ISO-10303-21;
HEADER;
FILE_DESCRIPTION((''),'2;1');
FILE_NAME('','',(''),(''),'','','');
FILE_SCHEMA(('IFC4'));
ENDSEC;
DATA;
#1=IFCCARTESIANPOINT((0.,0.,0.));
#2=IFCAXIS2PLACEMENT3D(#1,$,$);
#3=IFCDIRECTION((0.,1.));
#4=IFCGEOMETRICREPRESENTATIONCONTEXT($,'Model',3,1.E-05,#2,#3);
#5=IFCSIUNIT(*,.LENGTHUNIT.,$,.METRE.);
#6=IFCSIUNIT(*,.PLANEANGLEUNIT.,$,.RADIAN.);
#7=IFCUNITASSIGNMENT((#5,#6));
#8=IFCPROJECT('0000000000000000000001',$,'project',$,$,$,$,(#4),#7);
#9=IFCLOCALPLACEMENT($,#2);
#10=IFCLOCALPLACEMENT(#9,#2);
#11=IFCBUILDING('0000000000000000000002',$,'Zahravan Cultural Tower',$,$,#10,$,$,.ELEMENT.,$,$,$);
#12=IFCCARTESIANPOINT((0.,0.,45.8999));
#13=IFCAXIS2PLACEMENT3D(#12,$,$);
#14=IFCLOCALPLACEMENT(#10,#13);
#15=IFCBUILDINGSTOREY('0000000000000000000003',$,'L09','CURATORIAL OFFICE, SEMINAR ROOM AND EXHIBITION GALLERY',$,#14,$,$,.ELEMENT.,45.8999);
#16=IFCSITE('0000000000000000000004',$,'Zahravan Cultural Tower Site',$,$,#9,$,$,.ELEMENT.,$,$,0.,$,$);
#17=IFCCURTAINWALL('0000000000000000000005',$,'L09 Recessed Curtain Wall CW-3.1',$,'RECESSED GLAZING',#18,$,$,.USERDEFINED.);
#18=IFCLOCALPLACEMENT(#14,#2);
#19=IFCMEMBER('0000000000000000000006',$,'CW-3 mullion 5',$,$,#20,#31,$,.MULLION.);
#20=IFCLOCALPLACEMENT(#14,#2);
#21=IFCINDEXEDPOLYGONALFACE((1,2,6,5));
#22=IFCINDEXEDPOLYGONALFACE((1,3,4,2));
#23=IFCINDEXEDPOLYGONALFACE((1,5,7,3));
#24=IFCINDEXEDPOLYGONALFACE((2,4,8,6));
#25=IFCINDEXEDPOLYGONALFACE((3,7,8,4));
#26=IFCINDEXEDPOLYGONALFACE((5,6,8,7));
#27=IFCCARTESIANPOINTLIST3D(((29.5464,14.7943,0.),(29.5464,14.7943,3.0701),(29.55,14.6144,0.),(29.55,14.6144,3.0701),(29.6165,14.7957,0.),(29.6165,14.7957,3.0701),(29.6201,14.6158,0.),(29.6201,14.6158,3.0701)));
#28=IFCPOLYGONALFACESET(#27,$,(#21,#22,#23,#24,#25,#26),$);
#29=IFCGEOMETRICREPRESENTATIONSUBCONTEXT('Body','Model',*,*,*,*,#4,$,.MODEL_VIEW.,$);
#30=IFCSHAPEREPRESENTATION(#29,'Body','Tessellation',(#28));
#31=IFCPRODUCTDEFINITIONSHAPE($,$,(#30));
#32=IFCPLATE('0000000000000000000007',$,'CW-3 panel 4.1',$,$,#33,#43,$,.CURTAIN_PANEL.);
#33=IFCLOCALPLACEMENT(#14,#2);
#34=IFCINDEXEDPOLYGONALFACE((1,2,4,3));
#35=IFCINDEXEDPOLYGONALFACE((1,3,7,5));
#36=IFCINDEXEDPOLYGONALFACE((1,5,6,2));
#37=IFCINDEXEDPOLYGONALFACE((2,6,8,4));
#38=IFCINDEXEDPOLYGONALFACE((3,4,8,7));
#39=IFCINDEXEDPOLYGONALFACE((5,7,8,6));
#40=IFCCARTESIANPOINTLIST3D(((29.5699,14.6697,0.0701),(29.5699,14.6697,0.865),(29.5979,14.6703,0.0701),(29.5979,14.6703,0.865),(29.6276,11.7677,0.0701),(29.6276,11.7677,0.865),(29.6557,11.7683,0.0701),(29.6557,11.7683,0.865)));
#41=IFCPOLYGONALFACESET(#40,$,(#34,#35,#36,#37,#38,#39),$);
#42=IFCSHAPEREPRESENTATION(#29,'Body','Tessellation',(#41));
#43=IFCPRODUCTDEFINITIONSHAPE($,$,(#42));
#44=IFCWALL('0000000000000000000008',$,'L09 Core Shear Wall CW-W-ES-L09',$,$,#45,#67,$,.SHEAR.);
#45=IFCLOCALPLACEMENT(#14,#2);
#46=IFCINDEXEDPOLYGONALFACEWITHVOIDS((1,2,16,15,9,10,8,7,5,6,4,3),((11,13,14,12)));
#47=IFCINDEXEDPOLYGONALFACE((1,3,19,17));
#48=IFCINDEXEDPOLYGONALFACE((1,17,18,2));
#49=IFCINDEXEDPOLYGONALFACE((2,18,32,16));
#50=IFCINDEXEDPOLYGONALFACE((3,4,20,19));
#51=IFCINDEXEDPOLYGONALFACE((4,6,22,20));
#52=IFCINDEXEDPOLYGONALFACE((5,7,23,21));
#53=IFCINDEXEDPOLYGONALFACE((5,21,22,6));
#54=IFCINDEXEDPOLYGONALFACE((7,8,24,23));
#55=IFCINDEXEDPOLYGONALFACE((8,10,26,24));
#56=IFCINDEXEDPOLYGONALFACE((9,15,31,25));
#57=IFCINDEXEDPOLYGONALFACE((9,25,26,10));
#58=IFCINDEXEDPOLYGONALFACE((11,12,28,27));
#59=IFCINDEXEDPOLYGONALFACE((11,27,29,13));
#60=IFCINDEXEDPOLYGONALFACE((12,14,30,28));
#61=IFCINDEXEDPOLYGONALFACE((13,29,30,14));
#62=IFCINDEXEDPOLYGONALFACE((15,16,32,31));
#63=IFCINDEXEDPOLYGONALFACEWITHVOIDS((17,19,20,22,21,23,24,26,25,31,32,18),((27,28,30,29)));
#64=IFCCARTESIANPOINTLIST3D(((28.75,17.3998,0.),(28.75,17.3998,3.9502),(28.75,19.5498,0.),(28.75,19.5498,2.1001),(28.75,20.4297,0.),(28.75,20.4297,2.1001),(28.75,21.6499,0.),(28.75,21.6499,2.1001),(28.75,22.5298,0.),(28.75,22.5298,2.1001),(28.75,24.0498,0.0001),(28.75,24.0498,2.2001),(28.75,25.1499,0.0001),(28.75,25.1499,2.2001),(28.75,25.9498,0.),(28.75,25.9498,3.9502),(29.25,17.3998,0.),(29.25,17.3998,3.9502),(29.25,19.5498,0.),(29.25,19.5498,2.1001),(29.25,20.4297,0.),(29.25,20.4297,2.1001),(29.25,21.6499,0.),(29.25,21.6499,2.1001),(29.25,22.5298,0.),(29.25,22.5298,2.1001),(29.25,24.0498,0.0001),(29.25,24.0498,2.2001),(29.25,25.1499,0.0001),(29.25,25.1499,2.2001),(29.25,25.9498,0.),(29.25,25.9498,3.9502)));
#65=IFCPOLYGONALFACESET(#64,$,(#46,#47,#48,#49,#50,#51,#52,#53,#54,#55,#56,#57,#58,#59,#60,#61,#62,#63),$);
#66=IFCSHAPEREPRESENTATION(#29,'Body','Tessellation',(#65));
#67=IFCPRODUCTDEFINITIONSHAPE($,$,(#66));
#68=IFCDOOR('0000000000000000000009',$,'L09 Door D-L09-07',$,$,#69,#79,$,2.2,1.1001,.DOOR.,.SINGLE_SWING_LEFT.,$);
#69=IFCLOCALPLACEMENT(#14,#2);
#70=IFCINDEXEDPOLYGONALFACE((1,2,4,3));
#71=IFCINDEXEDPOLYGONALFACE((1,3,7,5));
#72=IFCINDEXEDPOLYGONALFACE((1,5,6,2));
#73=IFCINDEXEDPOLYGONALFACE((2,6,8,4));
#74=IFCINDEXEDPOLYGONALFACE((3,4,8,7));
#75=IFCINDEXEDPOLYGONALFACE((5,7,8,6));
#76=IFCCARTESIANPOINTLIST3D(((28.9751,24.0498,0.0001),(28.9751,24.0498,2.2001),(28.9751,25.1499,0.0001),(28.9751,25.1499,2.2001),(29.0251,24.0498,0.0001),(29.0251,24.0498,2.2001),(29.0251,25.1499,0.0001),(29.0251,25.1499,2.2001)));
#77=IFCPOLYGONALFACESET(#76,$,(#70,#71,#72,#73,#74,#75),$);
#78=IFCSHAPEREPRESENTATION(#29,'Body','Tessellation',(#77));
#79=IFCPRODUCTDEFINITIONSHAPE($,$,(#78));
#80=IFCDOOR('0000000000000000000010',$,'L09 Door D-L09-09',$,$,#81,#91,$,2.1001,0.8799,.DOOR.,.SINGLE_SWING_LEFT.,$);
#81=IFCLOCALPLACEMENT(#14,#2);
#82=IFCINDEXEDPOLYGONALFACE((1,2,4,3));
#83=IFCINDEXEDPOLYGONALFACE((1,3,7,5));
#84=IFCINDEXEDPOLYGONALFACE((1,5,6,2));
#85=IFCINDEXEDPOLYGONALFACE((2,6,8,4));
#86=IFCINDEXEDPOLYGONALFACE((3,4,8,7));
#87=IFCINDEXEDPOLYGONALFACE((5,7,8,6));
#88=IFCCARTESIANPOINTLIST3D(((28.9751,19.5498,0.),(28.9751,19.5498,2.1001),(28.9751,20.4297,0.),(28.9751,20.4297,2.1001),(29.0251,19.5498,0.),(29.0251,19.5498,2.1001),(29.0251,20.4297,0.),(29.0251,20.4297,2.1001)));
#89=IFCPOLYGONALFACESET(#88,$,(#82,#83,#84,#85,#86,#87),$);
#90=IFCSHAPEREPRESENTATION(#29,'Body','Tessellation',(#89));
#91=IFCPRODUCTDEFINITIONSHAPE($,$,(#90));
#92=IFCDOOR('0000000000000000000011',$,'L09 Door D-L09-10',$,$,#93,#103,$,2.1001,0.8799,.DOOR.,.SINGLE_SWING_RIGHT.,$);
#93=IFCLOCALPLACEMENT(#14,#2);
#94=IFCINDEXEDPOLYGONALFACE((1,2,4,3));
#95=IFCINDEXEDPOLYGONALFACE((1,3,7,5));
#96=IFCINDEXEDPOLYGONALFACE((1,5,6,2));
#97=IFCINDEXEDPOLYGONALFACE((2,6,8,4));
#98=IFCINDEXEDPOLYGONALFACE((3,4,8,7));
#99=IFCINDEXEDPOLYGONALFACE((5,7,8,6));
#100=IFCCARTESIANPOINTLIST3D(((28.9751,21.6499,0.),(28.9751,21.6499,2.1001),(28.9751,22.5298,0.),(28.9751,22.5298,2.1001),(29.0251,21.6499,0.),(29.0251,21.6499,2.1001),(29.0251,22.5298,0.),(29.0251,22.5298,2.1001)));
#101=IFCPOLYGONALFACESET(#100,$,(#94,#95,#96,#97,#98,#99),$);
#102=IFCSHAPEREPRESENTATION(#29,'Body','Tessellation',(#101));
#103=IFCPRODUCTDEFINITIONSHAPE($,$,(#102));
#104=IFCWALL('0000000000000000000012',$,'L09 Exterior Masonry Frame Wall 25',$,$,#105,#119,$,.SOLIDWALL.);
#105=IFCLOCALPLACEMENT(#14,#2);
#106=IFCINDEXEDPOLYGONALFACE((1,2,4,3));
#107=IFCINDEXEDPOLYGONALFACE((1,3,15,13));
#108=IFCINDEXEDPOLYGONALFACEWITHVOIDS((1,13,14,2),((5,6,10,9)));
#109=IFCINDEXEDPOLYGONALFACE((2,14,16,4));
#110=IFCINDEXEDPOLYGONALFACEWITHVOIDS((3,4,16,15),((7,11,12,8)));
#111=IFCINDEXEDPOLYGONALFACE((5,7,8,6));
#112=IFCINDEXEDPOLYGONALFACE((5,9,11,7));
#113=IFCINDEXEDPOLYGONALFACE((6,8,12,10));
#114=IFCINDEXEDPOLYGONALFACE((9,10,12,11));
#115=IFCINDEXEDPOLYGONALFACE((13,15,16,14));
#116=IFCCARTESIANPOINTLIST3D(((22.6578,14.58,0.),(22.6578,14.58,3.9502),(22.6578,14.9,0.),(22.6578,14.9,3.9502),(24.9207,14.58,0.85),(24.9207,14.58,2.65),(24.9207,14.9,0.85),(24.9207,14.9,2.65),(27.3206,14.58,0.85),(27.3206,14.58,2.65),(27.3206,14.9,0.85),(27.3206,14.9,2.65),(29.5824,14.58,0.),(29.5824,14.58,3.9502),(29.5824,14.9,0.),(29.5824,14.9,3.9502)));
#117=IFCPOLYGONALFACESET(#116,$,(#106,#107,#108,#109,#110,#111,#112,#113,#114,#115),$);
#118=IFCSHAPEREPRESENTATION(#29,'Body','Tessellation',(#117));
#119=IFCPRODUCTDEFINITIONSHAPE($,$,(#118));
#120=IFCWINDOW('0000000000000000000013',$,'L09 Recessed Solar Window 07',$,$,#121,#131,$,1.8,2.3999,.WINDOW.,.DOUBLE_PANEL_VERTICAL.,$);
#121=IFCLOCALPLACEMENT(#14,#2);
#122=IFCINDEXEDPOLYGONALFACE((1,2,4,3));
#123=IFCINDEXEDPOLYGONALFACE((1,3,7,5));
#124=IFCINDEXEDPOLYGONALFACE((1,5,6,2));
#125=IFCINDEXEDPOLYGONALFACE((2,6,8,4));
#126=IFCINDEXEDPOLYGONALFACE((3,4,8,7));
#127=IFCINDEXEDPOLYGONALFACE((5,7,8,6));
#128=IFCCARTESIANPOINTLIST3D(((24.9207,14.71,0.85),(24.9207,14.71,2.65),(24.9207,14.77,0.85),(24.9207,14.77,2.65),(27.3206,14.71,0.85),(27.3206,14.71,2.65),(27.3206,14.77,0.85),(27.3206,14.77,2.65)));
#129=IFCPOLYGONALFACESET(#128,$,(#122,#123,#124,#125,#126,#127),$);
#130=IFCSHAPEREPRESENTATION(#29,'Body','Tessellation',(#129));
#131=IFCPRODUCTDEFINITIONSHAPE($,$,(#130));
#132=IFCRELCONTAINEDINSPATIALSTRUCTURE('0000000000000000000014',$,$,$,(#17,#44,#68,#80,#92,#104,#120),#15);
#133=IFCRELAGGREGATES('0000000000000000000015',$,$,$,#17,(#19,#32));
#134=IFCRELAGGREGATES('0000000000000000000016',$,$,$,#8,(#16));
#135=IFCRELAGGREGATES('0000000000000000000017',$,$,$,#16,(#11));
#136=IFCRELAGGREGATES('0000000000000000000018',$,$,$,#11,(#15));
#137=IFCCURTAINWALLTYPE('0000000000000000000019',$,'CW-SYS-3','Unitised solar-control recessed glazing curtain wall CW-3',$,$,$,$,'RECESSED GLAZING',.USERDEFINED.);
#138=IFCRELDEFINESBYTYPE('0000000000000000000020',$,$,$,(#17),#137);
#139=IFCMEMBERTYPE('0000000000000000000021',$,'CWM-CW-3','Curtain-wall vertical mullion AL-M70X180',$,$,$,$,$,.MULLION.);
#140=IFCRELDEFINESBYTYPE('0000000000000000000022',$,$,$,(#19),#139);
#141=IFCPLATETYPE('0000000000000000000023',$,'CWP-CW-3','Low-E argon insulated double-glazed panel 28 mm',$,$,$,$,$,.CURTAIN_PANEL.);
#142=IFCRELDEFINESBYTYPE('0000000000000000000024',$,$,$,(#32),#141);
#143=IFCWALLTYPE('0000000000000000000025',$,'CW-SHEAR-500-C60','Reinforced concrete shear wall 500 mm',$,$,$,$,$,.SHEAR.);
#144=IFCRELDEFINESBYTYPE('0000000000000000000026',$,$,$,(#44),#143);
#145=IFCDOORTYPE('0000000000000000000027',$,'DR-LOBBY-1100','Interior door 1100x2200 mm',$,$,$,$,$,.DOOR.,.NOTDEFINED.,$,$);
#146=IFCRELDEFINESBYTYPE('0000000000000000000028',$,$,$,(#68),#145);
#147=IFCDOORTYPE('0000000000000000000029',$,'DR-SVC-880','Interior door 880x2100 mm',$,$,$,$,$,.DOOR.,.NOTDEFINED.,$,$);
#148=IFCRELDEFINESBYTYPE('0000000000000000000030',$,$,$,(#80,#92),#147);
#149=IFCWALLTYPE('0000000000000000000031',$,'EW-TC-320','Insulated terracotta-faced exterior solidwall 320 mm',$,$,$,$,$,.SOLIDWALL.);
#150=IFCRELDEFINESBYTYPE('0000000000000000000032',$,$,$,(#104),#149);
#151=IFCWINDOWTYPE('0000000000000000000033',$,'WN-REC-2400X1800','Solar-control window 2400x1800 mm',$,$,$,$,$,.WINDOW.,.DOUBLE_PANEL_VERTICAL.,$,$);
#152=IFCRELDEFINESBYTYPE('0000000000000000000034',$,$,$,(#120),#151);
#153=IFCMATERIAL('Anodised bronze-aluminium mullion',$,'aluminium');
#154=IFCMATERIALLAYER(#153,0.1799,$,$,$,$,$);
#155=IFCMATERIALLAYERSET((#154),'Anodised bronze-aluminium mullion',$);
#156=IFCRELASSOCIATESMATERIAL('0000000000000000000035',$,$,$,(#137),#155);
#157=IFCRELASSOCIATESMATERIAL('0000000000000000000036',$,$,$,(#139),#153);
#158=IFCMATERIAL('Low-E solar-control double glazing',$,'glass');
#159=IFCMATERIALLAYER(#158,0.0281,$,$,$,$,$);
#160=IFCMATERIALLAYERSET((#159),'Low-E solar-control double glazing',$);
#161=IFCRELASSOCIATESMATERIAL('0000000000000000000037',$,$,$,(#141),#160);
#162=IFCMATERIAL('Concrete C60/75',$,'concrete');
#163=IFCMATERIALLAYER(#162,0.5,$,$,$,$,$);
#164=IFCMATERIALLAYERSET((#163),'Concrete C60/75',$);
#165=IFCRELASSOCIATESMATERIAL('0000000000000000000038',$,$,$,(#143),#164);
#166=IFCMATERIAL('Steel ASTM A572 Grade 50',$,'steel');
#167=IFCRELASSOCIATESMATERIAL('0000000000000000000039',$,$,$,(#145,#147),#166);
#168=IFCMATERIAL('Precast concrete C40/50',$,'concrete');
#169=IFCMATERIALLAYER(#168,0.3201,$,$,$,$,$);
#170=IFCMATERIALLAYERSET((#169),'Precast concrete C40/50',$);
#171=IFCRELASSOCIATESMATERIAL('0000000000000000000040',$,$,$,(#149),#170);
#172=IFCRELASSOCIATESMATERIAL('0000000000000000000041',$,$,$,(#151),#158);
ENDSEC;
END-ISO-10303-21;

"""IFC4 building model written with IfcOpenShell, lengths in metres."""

from ifc_helpers import new_model, si_unit, direction, frame, frame_2d, origin, origin_2d, place, context, subcontext, project, spatial, rectangle, extrude, source, transform, mapped, material, layer, layer_set, material_profile, profile_set, type_object, element, fill, aggregate, save


model = new_model("IFC4")

# Units and contexts
model_context = context("Model", 3, precision=1e-05, world=origin(), true_north=direction((0.0, 1.0)))
body_context = subcontext(model_context, "Body", "Model", "MODEL_VIEW")
ifc_project = project(units=[si_unit("LENGTHUNIT", "METRE"), si_unit("PLANEANGLEUNIT", "RADIAN")], contexts=[model_context])

# Site, building, storey
site_placement = place(None, origin())
site = spatial("IfcSite", under=ifc_project, at=site_placement, Name="Zahravan Cultural Tower Site", CompositionType="ELEMENT", RefElevation=0.0)
building_placement = place(site_placement, origin())
building = spatial("IfcBuilding", under=site, at=building_placement, Name="Zahravan Cultural Tower", CompositionType="ELEMENT")
storey_placement = place(building_placement, frame((0.0, 0.0, 45.8999)))
storey = spatial("IfcBuildingStorey", under=building, at=storey_placement, Name="L09", Description="CURATORIAL OFFICE, SEMINAR ROOM AND EXHIBITION GALLERY", CompositionType="ELEMENT", Elevation=45.8999)

# Shared definitions
ifc_material_1 = material(Name="Concrete C60/75", Category="concrete")

# Curtain wall, member, plate
ifc_material_2 = material(Name="Anodised bronze-aluminium mullion", Category="aluminium")
ifc_layer_1 = layer(ifc_material_2, 0.1799)
ifc_layer_set_1 = layer_set([ifc_layer_1], Name="Anodised bronze-aluminium mullion")
curtain_wall_type = type_object("IfcCurtainWallType", Name="CW-SYS-3", Description="Unitised solar-control recessed glazing curtain wall CW-3", ElementType="RECESSED GLAZING", PredefinedType="USERDEFINED", material=ifc_layer_set_1)
curtain_wall_placement = place(storey_placement, origin())
curtain_wall = element("IfcCurtainWall", 1, at=curtain_wall_placement, inside=storey, type_object=curtain_wall_type, Name="L09 Recessed Curtain Wall CW-3.1", ObjectType="RECESSED GLAZING", PredefinedType="USERDEFINED")
ifc_material_profile_1 = material_profile(ifc_material_2, rectangle(XDim=0.0701, YDim=0.1799, at=origin_2d()), Name="AL-M70X180")
ifc_profile_set_1 = profile_set([ifc_material_profile_1], Name="Anodised bronze-aluminium mullion")
member_type = type_object("IfcMemberType", Name="CWM-CW-3", Description="Curtain-wall vertical mullion AL-M70X180", PredefinedType="MULLION", material=ifc_profile_set_1)
shared_shape_1 = source(origin(), body_context, "Body", "SweptSolid", [
    extrude(rectangle(XDim=0.0701, YDim=0.1799, at=origin_2d()), origin(), (0.0, 0.0, 1.0), 3.0701),
])
member_placement = place(storey_placement, frame((29.5833, 14.7051, 0.0), z_axis=(0.0, 0.0, 1.0), x_axis=(-0.999802, -0.0199, 0.0)))
member = element("IfcMember", 2, at=member_placement, type_object=member_type, Name="CW-3 mullion 5", PredefinedType="MULLION", context=body_context, shape_type="MappedRepresentation", body=[
    mapped(shared_shape_1, transform((0.0, 0.0, 0.0), x_axis=(1.0, 0.0, 0.0), y_axis=(0.0, 1.0, 0.0), z_axis=(0.0, 0.0, 1.0), scale=1.0)),
])
ifc_material_3 = material(Name="Low-E solar-control double glazing", Category="glass")
ifc_layer_2 = layer(ifc_material_3, 0.0281)
ifc_layer_set_2 = layer_set([ifc_layer_2], Name="Low-E solar-control double glazing")
plate_type = type_object("IfcPlateType", Name="CWP-CW-3", Description="Low-E argon insulated double-glazed panel 28 mm", PredefinedType="CURTAIN_PANEL", material=ifc_layer_set_2)
shared_shape_2 = source(origin(), body_context, "Body", "SweptSolid", [
    extrude(rectangle(XDim=2.9026, YDim=0.0281, at=origin_2d()), origin(), (0.0, 0.0, 1.0), 0.7949),
])
plate_placement = place(storey_placement, frame((29.6128, 13.219, 0.0701), z_axis=(0.0, 0.0, 1.0), x_axis=(-0.0199, 0.999802, 0.0)))
plate = element("IfcPlate", 3, at=plate_placement, type_object=plate_type, Name="CW-3 panel 4.1", PredefinedType="CURTAIN_PANEL", context=body_context, shape_type="MappedRepresentation", body=[
    mapped(shared_shape_2, transform((0.0, 0.0, 0.0), x_axis=(1.0, 0.0, 0.0), y_axis=(0.0, 1.0, 0.0), z_axis=(0.0, 0.0, 1.0), scale=1.0)),
])
aggregate(curtain_wall, [member, plate])

# Wall, openings, doors
ifc_layer_3 = layer(ifc_material_1, 0.5)
ifc_layer_set_3 = layer_set([ifc_layer_3], Name="Concrete C60/75")
wall_type_1 = type_object("IfcWallType", Name="CW-SHEAR-500-C60", Description="Reinforced concrete shear wall 500 mm", PredefinedType="SHEAR", material=ifc_layer_set_3)
wall_1_placement = place(storey_placement, frame((29.0, 17.3999, 0.0), z_axis=(0.0, 0.0, 1.0), x_axis=(0.0, 1.0, 0.0)))
wall_1 = element("IfcWall", 4, at=wall_1_placement, inside=storey, type_object=wall_type_1, Name="L09 Core Shear Wall CW-W-ES-L09", PredefinedType="SHEAR", context=body_context, shape_type="SweptSolid", body=[
    extrude(rectangle(XDim=8.55, YDim=0.5, at=frame_2d((4.2749, 0.0))), origin(), (0.0, 0.0, 1.0), 3.9502),
])
opening_1_placement = place(wall_1_placement, frame((6.6499, 0.0, 0.0)))
opening_1 = element("IfcOpeningElement", 5, at=opening_1_placement, cuts=wall_1, PredefinedType="OPENING", context=body_context, shape_type="SweptSolid", body=[
    extrude(rectangle(XDim=1.1001, YDim=2.2, at=frame_2d((0.55, 1.1001))), frame((0.0, 0.26, 0.0), z_axis=(0.0, -1.0, 0.0), x_axis=(1.0, 0.0, 0.0)), (0.0, 0.0, 1.0), 0.52),
])
opening_2_placement = place(wall_1_placement, frame((2.1499, 0.0, 0.0)))
opening_2 = element("IfcOpeningElement", 6, at=opening_2_placement, cuts=wall_1, PredefinedType="OPENING", context=body_context, shape_type="SweptSolid", body=[
    extrude(rectangle(XDim=0.8799, YDim=2.1001, at=frame_2d((0.4399, 1.05))), frame((0.0, 0.26, 0.0), z_axis=(0.0, -1.0, 0.0), x_axis=(1.0, 0.0, 0.0)), (0.0, 0.0, 1.0), 0.52),
])
opening_3_placement = place(wall_1_placement, frame((4.25, 0.0, 0.0)))
opening_3 = element("IfcOpeningElement", 7, at=opening_3_placement, cuts=wall_1, PredefinedType="OPENING", context=body_context, shape_type="SweptSolid", body=[
    extrude(rectangle(XDim=0.8799, YDim=2.1001, at=frame_2d((0.4399, 1.05))), frame((0.0, 0.26, 0.0), z_axis=(0.0, -1.0, 0.0), x_axis=(1.0, 0.0, 0.0)), (0.0, 0.0, 1.0), 0.52),
])
ifc_material_4 = material(Name="Steel ASTM A572 Grade 50", Category="steel")
door_type_1 = type_object("IfcDoorType", Name="DR-LOBBY-1100", Description="Interior door 1100x2200 mm", OperationType="NOTDEFINED", PredefinedType="DOOR", material=ifc_material_4)
shared_shape_3 = source(origin(), body_context, "Body", "SweptSolid", [
    extrude(rectangle(XDim=1.1001, YDim=2.2, at=frame_2d((0.55, 1.1001))), frame((0.0, 0.0249, 0.0), z_axis=(0.0, -1.0, 0.0), x_axis=(1.0, 0.0, 0.0)), (0.0, 0.0, 1.0), 0.05),
])
door_1_placement = place(opening_1_placement, origin())
door_1 = element("IfcDoor", 8, at=door_1_placement, inside=storey, type_object=door_type_1, Name="L09 Door D-L09-07", OperationType="SINGLE_SWING_LEFT", OverallHeight=2.2, OverallWidth=1.1001, PredefinedType="DOOR", context=body_context, shape_type="MappedRepresentation", body=[
    mapped(shared_shape_3, transform((0.0, 0.0, 0.0), x_axis=(1.0, 0.0, 0.0), y_axis=(0.0, 1.0, 0.0), z_axis=(0.0, 0.0, 1.0), scale=1.0)),
])
fill(opening_1, door_1)
door_type_2 = type_object("IfcDoorType", Name="DR-SVC-880", Description="Interior door 880x2100 mm", OperationType="NOTDEFINED", PredefinedType="DOOR", material=ifc_material_4)
shared_shape_4 = source(origin(), body_context, "Body", "SweptSolid", [
    extrude(rectangle(XDim=0.8799, YDim=2.1001, at=frame_2d((0.4399, 1.05))), frame((0.0, 0.0249, 0.0), z_axis=(0.0, -1.0, 0.0), x_axis=(1.0, 0.0, 0.0)), (0.0, 0.0, 1.0), 0.05),
])
door_2_placement = place(opening_2_placement, origin())
door_2 = element("IfcDoor", 9, at=door_2_placement, inside=storey, type_object=door_type_2, Name="L09 Door D-L09-09", OperationType="SINGLE_SWING_LEFT", OverallHeight=2.1001, OverallWidth=0.8799, PredefinedType="DOOR", context=body_context, shape_type="MappedRepresentation", body=[
    mapped(shared_shape_4, transform((0.0, 0.0, 0.0), x_axis=(1.0, 0.0, 0.0), y_axis=(0.0, 1.0, 0.0), z_axis=(0.0, 0.0, 1.0), scale=1.0)),
])
fill(opening_2, door_2)
door_3_placement = place(opening_3_placement, origin())
door_3 = element("IfcDoor", 10, at=door_3_placement, inside=storey, type_object=door_type_2, Name="L09 Door D-L09-10", OperationType="SINGLE_SWING_RIGHT", OverallHeight=2.1001, OverallWidth=0.8799, PredefinedType="DOOR", context=body_context, shape_type="MappedRepresentation", body=[
    mapped(shared_shape_4, transform((0.0, 0.0, 0.0), x_axis=(1.0, 0.0, 0.0), y_axis=(0.0, 1.0, 0.0), z_axis=(0.0, 0.0, 1.0), scale=1.0)),
])
fill(opening_3, door_3)

# Wall, opening, window
ifc_material_5 = material(Name="Precast concrete C40/50", Category="concrete")
ifc_layer_4 = layer(ifc_material_5, 0.3201)
ifc_layer_set_4 = layer_set([ifc_layer_4], Name="Precast concrete C40/50")
wall_type_2 = type_object("IfcWallType", Name="EW-TC-320", Description="Insulated terracotta-faced exterior solidwall 320 mm", PredefinedType="SOLIDWALL", material=ifc_layer_set_4)
wall_2_placement = place(storey_placement, frame((29.5825, 14.74, 0.0), z_axis=(0.0, 0.0, 1.0), x_axis=(-1.0, 0.0, 0.0)))
wall_2 = element("IfcWall", 11, at=wall_2_placement, inside=storey, type_object=wall_type_2, Name="L09 Exterior Masonry Frame Wall 25", PredefinedType="SOLIDWALL", context=body_context, shape_type="SweptSolid", body=[
    extrude(rectangle(XDim=6.9246, YDim=0.3201, at=frame_2d((3.4624, 0.0))), origin(), (0.0, 0.0, 1.0), 3.9502),
])
opening_4_placement = place(wall_2_placement, frame((2.262, 0.0, 0.8501)))
opening_4 = element("IfcOpeningElement", 12, at=opening_4_placement, cuts=wall_2, PredefinedType="OPENING", context=body_context, shape_type="SweptSolid", body=[
    extrude(rectangle(XDim=2.3999, YDim=1.8, at=frame_2d((1.2, 0.8999))), frame((0.0, 0.1699, 0.0), z_axis=(0.0, -1.0, 0.0), x_axis=(1.0, 0.0, 0.0)), (0.0, 0.0, 1.0), 0.3401),
])
window_type = type_object("IfcWindowType", Name="WN-REC-2400X1800", Description="Solar-control window 2400x1800 mm", PartitioningType="DOUBLE_PANEL_VERTICAL", PredefinedType="WINDOW", material=ifc_material_3)
shared_shape_5 = source(origin(), body_context, "Body", "SweptSolid", [
    extrude(rectangle(XDim=2.3999, YDim=1.8, at=frame_2d((1.2, 0.8999))), frame((0.0, 0.03, 0.0), z_axis=(0.0, -1.0, 0.0), x_axis=(1.0, 0.0, 0.0)), (0.0, 0.0, 1.0), 0.0601),
])
window_1_placement = place(opening_4_placement, origin())
window_1 = element("IfcWindow", 13, at=window_1_placement, inside=storey, type_object=window_type, Name="L09 Recessed Solar Window 07", OverallHeight=1.8, OverallWidth=2.3999, PartitioningType="DOUBLE_PANEL_VERTICAL", PredefinedType="WINDOW", context=body_context, shape_type="MappedRepresentation", body=[
    mapped(shared_shape_5, transform((0.0, 0.0, 0.0), x_axis=(1.0, 0.0, 0.0), y_axis=(0.0, 1.0, 0.0), z_axis=(0.0, 0.0, 1.0), scale=1.0)),
])
fill(opening_4, window_1)

save(model, "model.ifc")
